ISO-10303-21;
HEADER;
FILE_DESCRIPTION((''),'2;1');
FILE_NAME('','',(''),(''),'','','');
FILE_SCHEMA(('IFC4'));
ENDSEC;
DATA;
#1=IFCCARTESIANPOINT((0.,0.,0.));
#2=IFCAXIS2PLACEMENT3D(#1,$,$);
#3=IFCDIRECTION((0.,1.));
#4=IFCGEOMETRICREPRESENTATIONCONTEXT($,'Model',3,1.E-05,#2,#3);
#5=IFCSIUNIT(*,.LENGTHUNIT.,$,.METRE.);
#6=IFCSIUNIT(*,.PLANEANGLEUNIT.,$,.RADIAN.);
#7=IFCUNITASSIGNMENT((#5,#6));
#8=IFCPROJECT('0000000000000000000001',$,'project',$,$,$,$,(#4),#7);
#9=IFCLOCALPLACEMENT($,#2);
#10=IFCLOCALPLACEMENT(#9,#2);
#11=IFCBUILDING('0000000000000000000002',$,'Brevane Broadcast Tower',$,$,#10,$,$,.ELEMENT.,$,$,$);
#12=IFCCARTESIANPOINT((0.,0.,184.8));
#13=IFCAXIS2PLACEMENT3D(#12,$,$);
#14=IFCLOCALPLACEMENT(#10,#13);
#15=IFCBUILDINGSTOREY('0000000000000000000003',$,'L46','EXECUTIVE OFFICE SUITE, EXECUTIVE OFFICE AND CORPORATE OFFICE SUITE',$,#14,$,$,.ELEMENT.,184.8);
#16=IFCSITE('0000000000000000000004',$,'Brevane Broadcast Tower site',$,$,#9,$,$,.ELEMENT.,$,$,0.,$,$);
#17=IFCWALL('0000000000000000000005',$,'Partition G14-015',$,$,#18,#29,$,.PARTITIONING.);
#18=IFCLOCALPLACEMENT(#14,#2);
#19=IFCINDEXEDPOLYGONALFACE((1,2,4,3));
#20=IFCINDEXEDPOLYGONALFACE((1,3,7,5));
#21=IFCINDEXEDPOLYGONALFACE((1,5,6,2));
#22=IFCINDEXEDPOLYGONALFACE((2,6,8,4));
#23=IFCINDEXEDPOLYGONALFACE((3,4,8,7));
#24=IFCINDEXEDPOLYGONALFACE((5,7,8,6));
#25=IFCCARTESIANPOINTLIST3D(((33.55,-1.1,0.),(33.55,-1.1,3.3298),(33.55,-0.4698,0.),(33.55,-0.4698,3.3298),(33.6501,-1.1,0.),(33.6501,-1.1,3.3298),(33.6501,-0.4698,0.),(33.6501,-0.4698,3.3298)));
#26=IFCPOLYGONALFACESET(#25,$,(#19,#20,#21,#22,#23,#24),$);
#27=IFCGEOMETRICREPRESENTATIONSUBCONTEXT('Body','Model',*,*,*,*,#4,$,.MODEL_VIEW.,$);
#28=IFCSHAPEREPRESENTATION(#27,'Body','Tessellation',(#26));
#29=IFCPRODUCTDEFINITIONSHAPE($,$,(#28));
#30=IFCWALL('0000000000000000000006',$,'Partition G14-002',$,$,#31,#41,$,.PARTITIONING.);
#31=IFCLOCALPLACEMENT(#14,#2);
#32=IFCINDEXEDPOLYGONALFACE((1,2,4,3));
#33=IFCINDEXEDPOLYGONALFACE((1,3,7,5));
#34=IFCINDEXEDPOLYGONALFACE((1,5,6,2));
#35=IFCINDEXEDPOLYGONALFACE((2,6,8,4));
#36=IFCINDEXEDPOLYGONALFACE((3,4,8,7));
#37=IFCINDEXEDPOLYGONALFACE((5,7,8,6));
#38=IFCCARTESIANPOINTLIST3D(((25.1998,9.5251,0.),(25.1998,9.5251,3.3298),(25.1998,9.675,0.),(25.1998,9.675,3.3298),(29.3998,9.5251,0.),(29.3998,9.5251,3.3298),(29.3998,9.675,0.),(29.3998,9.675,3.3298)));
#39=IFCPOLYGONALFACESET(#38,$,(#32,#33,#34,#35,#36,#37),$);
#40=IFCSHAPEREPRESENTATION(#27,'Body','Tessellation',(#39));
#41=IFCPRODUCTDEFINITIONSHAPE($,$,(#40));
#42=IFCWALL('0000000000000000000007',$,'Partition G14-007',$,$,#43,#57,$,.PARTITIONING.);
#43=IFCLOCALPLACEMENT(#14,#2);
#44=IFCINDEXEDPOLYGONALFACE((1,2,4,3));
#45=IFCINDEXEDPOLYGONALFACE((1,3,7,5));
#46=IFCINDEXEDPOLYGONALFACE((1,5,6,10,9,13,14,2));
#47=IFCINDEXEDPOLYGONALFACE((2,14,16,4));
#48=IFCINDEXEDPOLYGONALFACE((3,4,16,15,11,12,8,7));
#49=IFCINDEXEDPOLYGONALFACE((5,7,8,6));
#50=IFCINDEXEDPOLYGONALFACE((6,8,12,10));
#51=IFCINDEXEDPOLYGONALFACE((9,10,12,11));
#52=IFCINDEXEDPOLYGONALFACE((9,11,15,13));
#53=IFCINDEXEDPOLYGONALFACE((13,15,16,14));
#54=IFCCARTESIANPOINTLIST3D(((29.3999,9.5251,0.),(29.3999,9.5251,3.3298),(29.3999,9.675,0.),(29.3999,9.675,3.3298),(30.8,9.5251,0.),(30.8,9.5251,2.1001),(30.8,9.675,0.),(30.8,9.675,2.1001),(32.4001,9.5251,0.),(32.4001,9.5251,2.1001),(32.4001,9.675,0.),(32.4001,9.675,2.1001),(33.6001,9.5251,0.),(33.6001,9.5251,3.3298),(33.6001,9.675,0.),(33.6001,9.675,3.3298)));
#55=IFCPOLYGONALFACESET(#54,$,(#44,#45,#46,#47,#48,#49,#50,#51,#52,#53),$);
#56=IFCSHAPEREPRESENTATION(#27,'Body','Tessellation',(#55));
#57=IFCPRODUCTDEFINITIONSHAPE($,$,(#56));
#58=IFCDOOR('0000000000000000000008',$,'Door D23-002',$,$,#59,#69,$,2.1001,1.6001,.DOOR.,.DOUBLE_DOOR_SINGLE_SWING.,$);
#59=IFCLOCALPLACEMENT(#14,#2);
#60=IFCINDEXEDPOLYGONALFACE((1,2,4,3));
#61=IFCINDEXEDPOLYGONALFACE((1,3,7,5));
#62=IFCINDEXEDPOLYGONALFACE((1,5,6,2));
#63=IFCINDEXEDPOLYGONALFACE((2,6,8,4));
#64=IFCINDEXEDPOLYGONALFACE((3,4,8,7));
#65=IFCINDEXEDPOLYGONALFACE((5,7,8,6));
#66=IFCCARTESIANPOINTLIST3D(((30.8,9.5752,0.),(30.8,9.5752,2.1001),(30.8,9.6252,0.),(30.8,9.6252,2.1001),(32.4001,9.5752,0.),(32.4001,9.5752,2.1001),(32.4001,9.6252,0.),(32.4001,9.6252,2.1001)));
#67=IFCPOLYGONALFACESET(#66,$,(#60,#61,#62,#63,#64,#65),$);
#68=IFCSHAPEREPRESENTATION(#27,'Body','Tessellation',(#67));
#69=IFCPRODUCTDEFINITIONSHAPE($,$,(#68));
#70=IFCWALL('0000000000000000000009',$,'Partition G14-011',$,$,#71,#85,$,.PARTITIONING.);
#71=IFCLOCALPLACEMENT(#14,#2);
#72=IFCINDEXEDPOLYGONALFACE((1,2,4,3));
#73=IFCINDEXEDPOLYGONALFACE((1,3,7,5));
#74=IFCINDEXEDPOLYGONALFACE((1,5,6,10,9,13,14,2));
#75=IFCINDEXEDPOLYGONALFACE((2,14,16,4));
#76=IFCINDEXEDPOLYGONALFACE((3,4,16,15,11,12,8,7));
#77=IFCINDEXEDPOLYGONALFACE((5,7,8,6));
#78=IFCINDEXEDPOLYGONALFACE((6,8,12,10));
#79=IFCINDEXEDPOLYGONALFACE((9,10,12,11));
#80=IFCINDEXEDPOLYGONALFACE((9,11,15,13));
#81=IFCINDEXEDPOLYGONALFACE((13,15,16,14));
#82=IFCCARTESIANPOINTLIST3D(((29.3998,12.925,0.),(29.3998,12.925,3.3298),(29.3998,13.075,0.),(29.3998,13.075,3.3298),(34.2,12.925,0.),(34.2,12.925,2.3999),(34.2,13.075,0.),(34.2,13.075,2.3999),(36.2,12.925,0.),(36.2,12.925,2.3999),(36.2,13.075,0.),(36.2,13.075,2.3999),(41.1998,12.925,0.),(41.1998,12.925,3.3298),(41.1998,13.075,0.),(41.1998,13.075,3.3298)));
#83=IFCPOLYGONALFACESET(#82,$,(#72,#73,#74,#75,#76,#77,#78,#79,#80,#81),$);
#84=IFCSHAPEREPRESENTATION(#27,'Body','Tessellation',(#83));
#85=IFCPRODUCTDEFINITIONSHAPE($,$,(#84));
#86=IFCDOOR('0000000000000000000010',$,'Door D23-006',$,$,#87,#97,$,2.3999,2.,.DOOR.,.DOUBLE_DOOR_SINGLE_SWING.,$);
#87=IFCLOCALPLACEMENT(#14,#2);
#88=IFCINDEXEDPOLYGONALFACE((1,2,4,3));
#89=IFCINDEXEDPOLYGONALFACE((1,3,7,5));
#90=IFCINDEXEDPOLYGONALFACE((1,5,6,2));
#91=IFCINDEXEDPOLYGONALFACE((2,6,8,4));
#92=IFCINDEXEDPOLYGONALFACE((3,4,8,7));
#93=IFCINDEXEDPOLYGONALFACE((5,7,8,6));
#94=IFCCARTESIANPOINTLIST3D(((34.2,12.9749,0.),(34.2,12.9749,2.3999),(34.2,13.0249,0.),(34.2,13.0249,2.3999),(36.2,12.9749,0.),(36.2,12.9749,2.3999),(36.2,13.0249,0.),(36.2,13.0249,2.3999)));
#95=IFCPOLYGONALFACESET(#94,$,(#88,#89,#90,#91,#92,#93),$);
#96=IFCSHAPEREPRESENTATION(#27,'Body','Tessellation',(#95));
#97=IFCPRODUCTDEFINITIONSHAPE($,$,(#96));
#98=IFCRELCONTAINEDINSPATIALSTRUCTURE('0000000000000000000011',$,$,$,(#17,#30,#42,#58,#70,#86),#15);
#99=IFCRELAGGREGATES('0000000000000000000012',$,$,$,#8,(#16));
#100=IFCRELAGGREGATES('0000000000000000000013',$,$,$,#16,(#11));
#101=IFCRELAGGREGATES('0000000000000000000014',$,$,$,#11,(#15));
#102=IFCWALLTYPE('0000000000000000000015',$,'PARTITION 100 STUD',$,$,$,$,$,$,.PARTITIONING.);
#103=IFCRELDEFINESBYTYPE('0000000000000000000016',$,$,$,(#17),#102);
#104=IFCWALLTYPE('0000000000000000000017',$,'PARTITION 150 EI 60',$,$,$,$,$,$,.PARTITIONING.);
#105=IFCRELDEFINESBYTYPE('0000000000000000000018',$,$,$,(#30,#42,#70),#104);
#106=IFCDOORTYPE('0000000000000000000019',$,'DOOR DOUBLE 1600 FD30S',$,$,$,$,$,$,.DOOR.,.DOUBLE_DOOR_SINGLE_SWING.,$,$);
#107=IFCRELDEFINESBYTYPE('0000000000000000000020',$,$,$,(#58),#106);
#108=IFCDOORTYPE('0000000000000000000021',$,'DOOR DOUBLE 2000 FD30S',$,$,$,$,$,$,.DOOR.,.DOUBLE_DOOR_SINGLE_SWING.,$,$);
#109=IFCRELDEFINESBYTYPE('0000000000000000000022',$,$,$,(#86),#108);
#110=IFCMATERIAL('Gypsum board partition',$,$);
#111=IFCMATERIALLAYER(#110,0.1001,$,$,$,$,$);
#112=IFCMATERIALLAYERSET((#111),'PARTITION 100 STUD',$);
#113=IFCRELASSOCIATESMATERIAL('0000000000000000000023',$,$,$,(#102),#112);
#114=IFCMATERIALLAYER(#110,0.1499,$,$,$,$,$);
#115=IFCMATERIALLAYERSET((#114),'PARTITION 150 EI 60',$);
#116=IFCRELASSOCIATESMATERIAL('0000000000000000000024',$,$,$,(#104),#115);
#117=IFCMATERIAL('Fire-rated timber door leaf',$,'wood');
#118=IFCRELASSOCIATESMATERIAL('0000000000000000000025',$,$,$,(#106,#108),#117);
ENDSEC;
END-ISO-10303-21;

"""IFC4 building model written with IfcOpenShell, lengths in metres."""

from ifc_helpers import new_model, si_unit, direction, frame, frame_2d, origin, place, context, subcontext, project, spatial, rectangle, extrude, material, layer, layer_set, type_object, element, fill, save


model = new_model("IFC4")

# Units and contexts
model_context = context("Model", 3, precision=1e-05, world=origin(), true_north=direction((0.0, 1.0)))
body_context = subcontext(model_context, "Body", "Model", "MODEL_VIEW")
ifc_project = project(units=[si_unit("LENGTHUNIT", "METRE"), si_unit("PLANEANGLEUNIT", "RADIAN")], contexts=[model_context])

# Site, building, storey
site_placement = place(None, origin())
site = spatial("IfcSite", under=ifc_project, at=site_placement, Name="Brevane Broadcast Tower site", CompositionType="ELEMENT", RefElevation=0.0)
building_placement = place(site_placement, origin())
building = spatial("IfcBuilding", under=site, at=building_placement, Name="Brevane Broadcast Tower", CompositionType="ELEMENT")
storey_placement = place(building_placement, frame((0.0, 0.0, 184.8)))
storey = spatial("IfcBuildingStorey", under=building, at=storey_placement, Name="L46", Description="EXECUTIVE OFFICE SUITE, EXECUTIVE OFFICE AND CORPORATE OFFICE SUITE", CompositionType="ELEMENT", Elevation=184.8)

# Walls
ifc_material_1 = material(Name="Gypsum board partition")
ifc_layer_1 = layer(ifc_material_1, 0.1001)
ifc_layer_set_1 = layer_set([ifc_layer_1], Name="PARTITION 100 STUD")
wall_type_1 = type_object("IfcWallType", Name="PARTITION 100 STUD", PredefinedType="PARTITIONING", material=ifc_layer_set_1)
wall_1_placement = place(storey_placement, frame((33.6001, -0.47, 0.0), z_axis=(0.0, 0.0, 1.0), x_axis=(0.0, -1.0, 0.0)))
element("IfcWall", 1, at=wall_1_placement, inside=storey, type_object=wall_type_1, Name="Partition G14-015", PredefinedType="PARTITIONING", context=body_context, shape_type="SweptSolid", body=[
    extrude(rectangle(XDim=0.6301, YDim=0.1001, at=frame_2d((0.3149, 0.0))), origin(), (0.0, 0.0, 1.0), 3.3298),
])
ifc_layer_2 = layer(ifc_material_1, 0.1499)
ifc_layer_set_2 = layer_set([ifc_layer_2], Name="PARTITION 150 EI 60")
wall_type_2 = type_object("IfcWallType", Name="PARTITION 150 EI 60", PredefinedType="PARTITIONING", material=ifc_layer_set_2)
wall_2_placement = place(storey_placement, frame((29.3999, 9.6001, 0.0), z_axis=(0.0, 0.0, 1.0), x_axis=(-1.0, 0.0, 0.0)))
element("IfcWall", 2, at=wall_2_placement, inside=storey, type_object=wall_type_2, Name="Partition G14-002", PredefinedType="PARTITIONING", context=body_context, shape_type="SweptSolid", body=[
    extrude(rectangle(XDim=4.2, YDim=0.1499, at=frame_2d((2.1001, 0.0))), origin(), (0.0, 0.0, 1.0), 3.3298),
])

# Walls, openings, doors
wall_3_placement = place(storey_placement, frame((33.6001, 9.6001, 0.0), z_axis=(0.0, 0.0, 1.0), x_axis=(-1.0, 0.0, 0.0)))
wall_3 = element("IfcWall", 3, at=wall_3_placement, inside=storey, type_object=wall_type_2, Name="Partition G14-007", PredefinedType="PARTITIONING", context=body_context, shape_type="SweptSolid", body=[
    extrude(rectangle(XDim=4.2002, YDim=0.1499, at=frame_2d((2.1001, 0.0))), origin(), (0.0, 0.0, 1.0), 3.3298),
])
opening_1_placement = place(wall_3_placement, frame((1.2, 0.0, 0.0)))
opening_1 = element("IfcOpeningElement", 4, at=opening_1_placement, cuts=wall_3, PredefinedType="OPENING", context=body_context, shape_type="SweptSolid", body=[
    extrude(rectangle(XDim=1.6001, YDim=2.1001, at=frame_2d((0.8, 1.05))), frame((0.0, 0.085, 0.0), z_axis=(0.0, -1.0, 0.0), x_axis=(1.0, 0.0, 0.0)), (0.0, 0.0, 1.0), 0.1699),
])
ifc_material_2 = material(Name="Fire-rated timber door leaf", Category="wood")
door_type_1 = type_object("IfcDoorType", Name="DOOR DOUBLE 1600 FD30S", OperationType="DOUBLE_DOOR_SINGLE_SWING", PredefinedType="DOOR", material=ifc_material_2)
door_1_placement = place(opening_1_placement, origin())
door_1 = element("IfcDoor", 5, at=door_1_placement, inside=storey, type_object=door_type_1, Name="Door D23-002", OperationType="DOUBLE_DOOR_SINGLE_SWING", OverallHeight=2.1001, OverallWidth=1.6001, PredefinedType="DOOR", context=body_context, shape_type="SweptSolid", body=[
    extrude(rectangle(XDim=1.6001, YDim=2.1001, at=frame_2d((0.8, 1.05))), frame((0.0, 0.0249, 0.0), z_axis=(0.0, -1.0, 0.0), x_axis=(1.0, 0.0, 0.0)), (0.0, 0.0, 1.0), 0.05),
])
fill(opening_1, door_1)
wall_4_placement = place(storey_placement, frame((29.3999, 13.0, 0.0), z_axis=(0.0, 0.0, 1.0), x_axis=(1.0, 0.0, 0.0)))
wall_4 = element("IfcWall", 6, at=wall_4_placement, inside=storey, type_object=wall_type_2, Name="Partition G14-011", PredefinedType="PARTITIONING", context=body_context, shape_type="SweptSolid", body=[
    extrude(rectangle(XDim=11.8, YDim=0.1499, at=frame_2d((5.8999, 0.0))), origin(), (0.0, 0.0, 1.0), 3.3298),
])
opening_2_placement = place(wall_4_placement, frame((4.8, 0.0, 0.0)))
opening_2 = element("IfcOpeningElement", 7, at=opening_2_placement, cuts=wall_4, PredefinedType="OPENING", context=body_context, shape_type="SweptSolid", body=[
    extrude(rectangle(XDim=2.0, YDim=2.3999, at=frame_2d((1.0, 1.2))), frame((0.0, 0.085, 0.0), z_axis=(0.0, -1.0, 0.0), x_axis=(1.0, 0.0, 0.0)), (0.0, 0.0, 1.0), 0.1699),
])
door_type_2 = type_object("IfcDoorType", Name="DOOR DOUBLE 2000 FD30S", OperationType="DOUBLE_DOOR_SINGLE_SWING", PredefinedType="DOOR", material=ifc_material_2)
door_2_placement = place(opening_2_placement, origin())
door_2 = element("IfcDoor", 8, at=door_2_placement, inside=storey, type_object=door_type_2, Name="Door D23-006", OperationType="DOUBLE_DOOR_SINGLE_SWING", OverallHeight=2.3999, OverallWidth=2.0, PredefinedType="DOOR", context=body_context, shape_type="SweptSolid", body=[
    extrude(rectangle(XDim=2.0, YDim=2.3999, at=frame_2d((1.0, 1.2))), frame((0.0, 0.0249, 0.0), z_axis=(0.0, -1.0, 0.0), x_axis=(1.0, 0.0, 0.0)), (0.0, 0.0, 1.0), 0.05),
])
fill(opening_2, door_2)

save(model, "model.ifc")
